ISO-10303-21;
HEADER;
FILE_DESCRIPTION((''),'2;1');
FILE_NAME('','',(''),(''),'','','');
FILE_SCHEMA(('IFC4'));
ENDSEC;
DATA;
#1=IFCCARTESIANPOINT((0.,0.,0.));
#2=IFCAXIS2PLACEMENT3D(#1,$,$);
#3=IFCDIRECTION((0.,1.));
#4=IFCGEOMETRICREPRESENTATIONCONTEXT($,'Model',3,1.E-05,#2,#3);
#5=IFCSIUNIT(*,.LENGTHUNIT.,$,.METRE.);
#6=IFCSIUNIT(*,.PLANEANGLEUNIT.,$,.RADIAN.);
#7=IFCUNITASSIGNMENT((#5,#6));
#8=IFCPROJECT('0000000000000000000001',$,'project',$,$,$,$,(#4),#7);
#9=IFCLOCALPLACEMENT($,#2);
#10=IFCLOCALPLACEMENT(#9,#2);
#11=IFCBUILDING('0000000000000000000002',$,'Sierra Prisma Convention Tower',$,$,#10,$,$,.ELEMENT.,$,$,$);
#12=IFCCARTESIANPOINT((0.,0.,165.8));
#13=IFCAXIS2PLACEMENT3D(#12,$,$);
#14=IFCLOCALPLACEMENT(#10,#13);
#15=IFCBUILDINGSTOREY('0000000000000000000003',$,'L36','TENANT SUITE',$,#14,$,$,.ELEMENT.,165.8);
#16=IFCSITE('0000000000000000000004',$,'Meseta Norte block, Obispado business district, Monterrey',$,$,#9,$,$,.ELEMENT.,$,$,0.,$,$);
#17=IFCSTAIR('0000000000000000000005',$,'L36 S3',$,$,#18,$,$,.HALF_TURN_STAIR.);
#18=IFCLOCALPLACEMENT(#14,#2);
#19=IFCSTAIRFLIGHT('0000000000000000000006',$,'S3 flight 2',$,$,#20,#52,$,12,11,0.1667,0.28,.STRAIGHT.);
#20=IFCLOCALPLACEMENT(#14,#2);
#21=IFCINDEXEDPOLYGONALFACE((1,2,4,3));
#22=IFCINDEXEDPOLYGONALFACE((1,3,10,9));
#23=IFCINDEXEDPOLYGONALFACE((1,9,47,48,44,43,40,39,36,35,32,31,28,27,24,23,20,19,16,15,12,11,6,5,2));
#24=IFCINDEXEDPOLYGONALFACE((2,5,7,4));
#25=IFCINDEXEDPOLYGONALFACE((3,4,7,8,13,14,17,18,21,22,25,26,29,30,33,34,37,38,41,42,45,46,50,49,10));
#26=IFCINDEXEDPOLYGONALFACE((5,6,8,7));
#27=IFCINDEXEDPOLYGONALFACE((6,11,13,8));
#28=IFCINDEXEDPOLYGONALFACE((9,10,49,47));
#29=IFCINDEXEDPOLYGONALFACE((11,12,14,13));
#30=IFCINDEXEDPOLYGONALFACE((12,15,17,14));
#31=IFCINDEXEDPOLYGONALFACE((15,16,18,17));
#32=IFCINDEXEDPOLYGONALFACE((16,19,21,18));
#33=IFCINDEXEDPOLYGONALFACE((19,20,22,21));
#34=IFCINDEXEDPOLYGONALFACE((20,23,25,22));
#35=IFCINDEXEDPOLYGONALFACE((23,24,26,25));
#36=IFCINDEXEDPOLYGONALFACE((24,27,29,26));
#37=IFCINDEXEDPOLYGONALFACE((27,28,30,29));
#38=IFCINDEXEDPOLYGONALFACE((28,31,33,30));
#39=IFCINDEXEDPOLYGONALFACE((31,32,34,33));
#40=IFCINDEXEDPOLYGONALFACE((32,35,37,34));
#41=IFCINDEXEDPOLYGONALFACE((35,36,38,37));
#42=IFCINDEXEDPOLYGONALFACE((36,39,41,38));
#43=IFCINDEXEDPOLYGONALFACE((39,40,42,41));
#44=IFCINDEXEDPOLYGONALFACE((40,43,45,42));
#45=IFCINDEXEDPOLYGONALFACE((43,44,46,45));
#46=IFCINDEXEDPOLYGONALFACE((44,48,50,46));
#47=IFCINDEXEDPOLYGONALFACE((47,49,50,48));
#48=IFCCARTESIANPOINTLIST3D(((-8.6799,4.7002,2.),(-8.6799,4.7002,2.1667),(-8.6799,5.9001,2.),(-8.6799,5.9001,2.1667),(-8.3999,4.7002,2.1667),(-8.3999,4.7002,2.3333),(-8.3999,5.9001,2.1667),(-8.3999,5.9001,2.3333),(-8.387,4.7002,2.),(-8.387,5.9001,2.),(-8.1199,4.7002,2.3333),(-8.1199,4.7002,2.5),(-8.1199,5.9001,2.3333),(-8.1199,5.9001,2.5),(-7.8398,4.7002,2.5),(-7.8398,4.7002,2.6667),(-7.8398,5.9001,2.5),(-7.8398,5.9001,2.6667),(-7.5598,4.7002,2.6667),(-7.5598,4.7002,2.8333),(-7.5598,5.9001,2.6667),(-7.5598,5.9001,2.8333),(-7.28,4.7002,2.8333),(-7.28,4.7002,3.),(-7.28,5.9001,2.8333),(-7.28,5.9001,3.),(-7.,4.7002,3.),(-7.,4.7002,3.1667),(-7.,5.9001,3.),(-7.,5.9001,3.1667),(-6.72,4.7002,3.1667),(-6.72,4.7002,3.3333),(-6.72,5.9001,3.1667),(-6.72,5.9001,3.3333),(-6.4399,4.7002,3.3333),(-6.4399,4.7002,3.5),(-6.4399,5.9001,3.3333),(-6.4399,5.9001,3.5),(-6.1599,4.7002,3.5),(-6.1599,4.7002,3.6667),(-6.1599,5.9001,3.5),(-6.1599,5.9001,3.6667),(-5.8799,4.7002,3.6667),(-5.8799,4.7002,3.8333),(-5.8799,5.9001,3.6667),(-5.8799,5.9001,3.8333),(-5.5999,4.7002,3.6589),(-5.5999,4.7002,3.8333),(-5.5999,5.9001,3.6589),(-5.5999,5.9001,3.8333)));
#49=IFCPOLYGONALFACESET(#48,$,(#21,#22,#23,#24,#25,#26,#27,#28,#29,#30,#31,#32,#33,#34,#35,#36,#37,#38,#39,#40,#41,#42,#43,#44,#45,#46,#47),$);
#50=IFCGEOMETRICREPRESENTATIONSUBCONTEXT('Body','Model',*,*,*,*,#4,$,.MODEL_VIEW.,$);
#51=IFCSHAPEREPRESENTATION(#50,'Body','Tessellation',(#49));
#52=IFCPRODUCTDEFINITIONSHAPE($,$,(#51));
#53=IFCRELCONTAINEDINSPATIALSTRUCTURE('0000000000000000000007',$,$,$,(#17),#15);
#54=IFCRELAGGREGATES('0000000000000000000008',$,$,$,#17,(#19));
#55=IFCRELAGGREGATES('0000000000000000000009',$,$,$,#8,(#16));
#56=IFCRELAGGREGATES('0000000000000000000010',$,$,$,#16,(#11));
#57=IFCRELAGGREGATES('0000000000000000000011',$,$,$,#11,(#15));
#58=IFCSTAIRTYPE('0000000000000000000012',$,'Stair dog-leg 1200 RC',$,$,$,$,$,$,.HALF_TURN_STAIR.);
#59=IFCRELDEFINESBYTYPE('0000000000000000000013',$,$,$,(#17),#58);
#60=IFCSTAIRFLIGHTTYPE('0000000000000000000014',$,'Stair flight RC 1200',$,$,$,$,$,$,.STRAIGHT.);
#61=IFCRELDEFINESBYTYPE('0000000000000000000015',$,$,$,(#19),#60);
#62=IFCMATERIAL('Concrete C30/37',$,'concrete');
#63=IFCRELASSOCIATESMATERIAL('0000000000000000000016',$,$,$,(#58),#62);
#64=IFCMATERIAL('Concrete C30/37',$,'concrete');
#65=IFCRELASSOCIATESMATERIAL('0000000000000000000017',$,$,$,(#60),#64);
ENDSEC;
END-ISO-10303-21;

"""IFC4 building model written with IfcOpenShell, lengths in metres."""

from ifc_helpers import new_model, si_unit, direction, frame, origin, place, context, subcontext, project, spatial, polyline, outline, extrude, material, type_object, element, aggregate, save


model = new_model("IFC4")

# Units and contexts
model_context = context("Model", 3, precision=1e-05, world=origin(), true_north=direction((0.0, 1.0)))
body_context = subcontext(model_context, "Body", "Model", "MODEL_VIEW")
ifc_project = project(units=[si_unit("LENGTHUNIT", "METRE"), si_unit("PLANEANGLEUNIT", "RADIAN")], contexts=[model_context])

# Site, building, storey
site_placement = place(None, origin())
site = spatial("IfcSite", under=ifc_project, at=site_placement, Name="Meseta Norte block, Obispado business district, Monterrey", CompositionType="ELEMENT", RefElevation=0.0)
building_placement = place(site_placement, origin())
building = spatial("IfcBuilding", under=site, at=building_placement, Name="Sierra Prisma Convention Tower", CompositionType="ELEMENT")
storey_placement = place(building_placement, frame((0.0, 0.0, 165.8)))
storey = spatial("IfcBuildingStorey", under=building, at=storey_placement, Name="L36", Description="TENANT SUITE", CompositionType="ELEMENT", Elevation=165.8)

# Stair, stair flight
ifc_material_1 = material(Name="Concrete C30/37", Category="concrete")
stair_type = type_object("IfcStairType", Name="Stair dog-leg 1200 RC", PredefinedType="HALF_TURN_STAIR", material=ifc_material_1)
stair_placement = place(storey_placement, origin())
stair = element("IfcStair", 1, at=stair_placement, inside=storey, type_object=stair_type, Name="L36 S3", PredefinedType="HALF_TURN_STAIR")
ifc_material_2 = material(Name="Concrete C30/37", Category="concrete")
stair_flight_type = type_object("IfcStairFlightType", Name="Stair flight RC 1200", PredefinedType="STRAIGHT", material=ifc_material_2)
stair_flight_1_placement = place(storey_placement, frame((-8.6799, 5.3, 2.0), z_axis=(0.0, 0.0, 1.0), x_axis=(1.0, 0.0, 0.0)))
stair_flight_1 = element("IfcStairFlight", 2, at=stair_flight_1_placement, type_object=stair_flight_type, Name="S3 flight 2", NumberOfRisers=12, NumberOfTreads=11, PredefinedType="STRAIGHT", RiserHeight=0.1667, TreadLength=0.28, context=body_context, shape_type="SweptSolid", body=[
    extrude(outline(polyline([(0.0, 0.0), (0.0, 0.1667), (0.28, 0.1667), (0.28, 0.3333), (0.5601, 0.3333), (0.5601, 0.5), (0.8401, 0.5), (0.8401, 0.6667), (1.1201, 0.6667), (1.1201, 0.8333), (1.3999, 0.8333), (1.3999, 1.0), (1.6799, 1.0), (1.6799, 1.1667), (1.96, 1.1667), (1.96, 1.3333), (2.24, 1.3333), (2.24, 1.5), (2.52, 1.5), (2.52, 1.6667), (2.8, 1.6667), (2.8, 1.8333), (3.0801, 1.8333), (3.0801, 2.0), (3.0801, 1.6589), (0.293, 0.0), (0.0, 0.0)])), frame((0.0, 0.6001, 0.0), z_axis=(0.0, -1.0, 0.0), x_axis=(1.0, 0.0, 0.0)), (0.0, 0.0, 1.0), 1.2),
])
aggregate(stair, [stair_flight_1])

save(model, "model.ifc")
